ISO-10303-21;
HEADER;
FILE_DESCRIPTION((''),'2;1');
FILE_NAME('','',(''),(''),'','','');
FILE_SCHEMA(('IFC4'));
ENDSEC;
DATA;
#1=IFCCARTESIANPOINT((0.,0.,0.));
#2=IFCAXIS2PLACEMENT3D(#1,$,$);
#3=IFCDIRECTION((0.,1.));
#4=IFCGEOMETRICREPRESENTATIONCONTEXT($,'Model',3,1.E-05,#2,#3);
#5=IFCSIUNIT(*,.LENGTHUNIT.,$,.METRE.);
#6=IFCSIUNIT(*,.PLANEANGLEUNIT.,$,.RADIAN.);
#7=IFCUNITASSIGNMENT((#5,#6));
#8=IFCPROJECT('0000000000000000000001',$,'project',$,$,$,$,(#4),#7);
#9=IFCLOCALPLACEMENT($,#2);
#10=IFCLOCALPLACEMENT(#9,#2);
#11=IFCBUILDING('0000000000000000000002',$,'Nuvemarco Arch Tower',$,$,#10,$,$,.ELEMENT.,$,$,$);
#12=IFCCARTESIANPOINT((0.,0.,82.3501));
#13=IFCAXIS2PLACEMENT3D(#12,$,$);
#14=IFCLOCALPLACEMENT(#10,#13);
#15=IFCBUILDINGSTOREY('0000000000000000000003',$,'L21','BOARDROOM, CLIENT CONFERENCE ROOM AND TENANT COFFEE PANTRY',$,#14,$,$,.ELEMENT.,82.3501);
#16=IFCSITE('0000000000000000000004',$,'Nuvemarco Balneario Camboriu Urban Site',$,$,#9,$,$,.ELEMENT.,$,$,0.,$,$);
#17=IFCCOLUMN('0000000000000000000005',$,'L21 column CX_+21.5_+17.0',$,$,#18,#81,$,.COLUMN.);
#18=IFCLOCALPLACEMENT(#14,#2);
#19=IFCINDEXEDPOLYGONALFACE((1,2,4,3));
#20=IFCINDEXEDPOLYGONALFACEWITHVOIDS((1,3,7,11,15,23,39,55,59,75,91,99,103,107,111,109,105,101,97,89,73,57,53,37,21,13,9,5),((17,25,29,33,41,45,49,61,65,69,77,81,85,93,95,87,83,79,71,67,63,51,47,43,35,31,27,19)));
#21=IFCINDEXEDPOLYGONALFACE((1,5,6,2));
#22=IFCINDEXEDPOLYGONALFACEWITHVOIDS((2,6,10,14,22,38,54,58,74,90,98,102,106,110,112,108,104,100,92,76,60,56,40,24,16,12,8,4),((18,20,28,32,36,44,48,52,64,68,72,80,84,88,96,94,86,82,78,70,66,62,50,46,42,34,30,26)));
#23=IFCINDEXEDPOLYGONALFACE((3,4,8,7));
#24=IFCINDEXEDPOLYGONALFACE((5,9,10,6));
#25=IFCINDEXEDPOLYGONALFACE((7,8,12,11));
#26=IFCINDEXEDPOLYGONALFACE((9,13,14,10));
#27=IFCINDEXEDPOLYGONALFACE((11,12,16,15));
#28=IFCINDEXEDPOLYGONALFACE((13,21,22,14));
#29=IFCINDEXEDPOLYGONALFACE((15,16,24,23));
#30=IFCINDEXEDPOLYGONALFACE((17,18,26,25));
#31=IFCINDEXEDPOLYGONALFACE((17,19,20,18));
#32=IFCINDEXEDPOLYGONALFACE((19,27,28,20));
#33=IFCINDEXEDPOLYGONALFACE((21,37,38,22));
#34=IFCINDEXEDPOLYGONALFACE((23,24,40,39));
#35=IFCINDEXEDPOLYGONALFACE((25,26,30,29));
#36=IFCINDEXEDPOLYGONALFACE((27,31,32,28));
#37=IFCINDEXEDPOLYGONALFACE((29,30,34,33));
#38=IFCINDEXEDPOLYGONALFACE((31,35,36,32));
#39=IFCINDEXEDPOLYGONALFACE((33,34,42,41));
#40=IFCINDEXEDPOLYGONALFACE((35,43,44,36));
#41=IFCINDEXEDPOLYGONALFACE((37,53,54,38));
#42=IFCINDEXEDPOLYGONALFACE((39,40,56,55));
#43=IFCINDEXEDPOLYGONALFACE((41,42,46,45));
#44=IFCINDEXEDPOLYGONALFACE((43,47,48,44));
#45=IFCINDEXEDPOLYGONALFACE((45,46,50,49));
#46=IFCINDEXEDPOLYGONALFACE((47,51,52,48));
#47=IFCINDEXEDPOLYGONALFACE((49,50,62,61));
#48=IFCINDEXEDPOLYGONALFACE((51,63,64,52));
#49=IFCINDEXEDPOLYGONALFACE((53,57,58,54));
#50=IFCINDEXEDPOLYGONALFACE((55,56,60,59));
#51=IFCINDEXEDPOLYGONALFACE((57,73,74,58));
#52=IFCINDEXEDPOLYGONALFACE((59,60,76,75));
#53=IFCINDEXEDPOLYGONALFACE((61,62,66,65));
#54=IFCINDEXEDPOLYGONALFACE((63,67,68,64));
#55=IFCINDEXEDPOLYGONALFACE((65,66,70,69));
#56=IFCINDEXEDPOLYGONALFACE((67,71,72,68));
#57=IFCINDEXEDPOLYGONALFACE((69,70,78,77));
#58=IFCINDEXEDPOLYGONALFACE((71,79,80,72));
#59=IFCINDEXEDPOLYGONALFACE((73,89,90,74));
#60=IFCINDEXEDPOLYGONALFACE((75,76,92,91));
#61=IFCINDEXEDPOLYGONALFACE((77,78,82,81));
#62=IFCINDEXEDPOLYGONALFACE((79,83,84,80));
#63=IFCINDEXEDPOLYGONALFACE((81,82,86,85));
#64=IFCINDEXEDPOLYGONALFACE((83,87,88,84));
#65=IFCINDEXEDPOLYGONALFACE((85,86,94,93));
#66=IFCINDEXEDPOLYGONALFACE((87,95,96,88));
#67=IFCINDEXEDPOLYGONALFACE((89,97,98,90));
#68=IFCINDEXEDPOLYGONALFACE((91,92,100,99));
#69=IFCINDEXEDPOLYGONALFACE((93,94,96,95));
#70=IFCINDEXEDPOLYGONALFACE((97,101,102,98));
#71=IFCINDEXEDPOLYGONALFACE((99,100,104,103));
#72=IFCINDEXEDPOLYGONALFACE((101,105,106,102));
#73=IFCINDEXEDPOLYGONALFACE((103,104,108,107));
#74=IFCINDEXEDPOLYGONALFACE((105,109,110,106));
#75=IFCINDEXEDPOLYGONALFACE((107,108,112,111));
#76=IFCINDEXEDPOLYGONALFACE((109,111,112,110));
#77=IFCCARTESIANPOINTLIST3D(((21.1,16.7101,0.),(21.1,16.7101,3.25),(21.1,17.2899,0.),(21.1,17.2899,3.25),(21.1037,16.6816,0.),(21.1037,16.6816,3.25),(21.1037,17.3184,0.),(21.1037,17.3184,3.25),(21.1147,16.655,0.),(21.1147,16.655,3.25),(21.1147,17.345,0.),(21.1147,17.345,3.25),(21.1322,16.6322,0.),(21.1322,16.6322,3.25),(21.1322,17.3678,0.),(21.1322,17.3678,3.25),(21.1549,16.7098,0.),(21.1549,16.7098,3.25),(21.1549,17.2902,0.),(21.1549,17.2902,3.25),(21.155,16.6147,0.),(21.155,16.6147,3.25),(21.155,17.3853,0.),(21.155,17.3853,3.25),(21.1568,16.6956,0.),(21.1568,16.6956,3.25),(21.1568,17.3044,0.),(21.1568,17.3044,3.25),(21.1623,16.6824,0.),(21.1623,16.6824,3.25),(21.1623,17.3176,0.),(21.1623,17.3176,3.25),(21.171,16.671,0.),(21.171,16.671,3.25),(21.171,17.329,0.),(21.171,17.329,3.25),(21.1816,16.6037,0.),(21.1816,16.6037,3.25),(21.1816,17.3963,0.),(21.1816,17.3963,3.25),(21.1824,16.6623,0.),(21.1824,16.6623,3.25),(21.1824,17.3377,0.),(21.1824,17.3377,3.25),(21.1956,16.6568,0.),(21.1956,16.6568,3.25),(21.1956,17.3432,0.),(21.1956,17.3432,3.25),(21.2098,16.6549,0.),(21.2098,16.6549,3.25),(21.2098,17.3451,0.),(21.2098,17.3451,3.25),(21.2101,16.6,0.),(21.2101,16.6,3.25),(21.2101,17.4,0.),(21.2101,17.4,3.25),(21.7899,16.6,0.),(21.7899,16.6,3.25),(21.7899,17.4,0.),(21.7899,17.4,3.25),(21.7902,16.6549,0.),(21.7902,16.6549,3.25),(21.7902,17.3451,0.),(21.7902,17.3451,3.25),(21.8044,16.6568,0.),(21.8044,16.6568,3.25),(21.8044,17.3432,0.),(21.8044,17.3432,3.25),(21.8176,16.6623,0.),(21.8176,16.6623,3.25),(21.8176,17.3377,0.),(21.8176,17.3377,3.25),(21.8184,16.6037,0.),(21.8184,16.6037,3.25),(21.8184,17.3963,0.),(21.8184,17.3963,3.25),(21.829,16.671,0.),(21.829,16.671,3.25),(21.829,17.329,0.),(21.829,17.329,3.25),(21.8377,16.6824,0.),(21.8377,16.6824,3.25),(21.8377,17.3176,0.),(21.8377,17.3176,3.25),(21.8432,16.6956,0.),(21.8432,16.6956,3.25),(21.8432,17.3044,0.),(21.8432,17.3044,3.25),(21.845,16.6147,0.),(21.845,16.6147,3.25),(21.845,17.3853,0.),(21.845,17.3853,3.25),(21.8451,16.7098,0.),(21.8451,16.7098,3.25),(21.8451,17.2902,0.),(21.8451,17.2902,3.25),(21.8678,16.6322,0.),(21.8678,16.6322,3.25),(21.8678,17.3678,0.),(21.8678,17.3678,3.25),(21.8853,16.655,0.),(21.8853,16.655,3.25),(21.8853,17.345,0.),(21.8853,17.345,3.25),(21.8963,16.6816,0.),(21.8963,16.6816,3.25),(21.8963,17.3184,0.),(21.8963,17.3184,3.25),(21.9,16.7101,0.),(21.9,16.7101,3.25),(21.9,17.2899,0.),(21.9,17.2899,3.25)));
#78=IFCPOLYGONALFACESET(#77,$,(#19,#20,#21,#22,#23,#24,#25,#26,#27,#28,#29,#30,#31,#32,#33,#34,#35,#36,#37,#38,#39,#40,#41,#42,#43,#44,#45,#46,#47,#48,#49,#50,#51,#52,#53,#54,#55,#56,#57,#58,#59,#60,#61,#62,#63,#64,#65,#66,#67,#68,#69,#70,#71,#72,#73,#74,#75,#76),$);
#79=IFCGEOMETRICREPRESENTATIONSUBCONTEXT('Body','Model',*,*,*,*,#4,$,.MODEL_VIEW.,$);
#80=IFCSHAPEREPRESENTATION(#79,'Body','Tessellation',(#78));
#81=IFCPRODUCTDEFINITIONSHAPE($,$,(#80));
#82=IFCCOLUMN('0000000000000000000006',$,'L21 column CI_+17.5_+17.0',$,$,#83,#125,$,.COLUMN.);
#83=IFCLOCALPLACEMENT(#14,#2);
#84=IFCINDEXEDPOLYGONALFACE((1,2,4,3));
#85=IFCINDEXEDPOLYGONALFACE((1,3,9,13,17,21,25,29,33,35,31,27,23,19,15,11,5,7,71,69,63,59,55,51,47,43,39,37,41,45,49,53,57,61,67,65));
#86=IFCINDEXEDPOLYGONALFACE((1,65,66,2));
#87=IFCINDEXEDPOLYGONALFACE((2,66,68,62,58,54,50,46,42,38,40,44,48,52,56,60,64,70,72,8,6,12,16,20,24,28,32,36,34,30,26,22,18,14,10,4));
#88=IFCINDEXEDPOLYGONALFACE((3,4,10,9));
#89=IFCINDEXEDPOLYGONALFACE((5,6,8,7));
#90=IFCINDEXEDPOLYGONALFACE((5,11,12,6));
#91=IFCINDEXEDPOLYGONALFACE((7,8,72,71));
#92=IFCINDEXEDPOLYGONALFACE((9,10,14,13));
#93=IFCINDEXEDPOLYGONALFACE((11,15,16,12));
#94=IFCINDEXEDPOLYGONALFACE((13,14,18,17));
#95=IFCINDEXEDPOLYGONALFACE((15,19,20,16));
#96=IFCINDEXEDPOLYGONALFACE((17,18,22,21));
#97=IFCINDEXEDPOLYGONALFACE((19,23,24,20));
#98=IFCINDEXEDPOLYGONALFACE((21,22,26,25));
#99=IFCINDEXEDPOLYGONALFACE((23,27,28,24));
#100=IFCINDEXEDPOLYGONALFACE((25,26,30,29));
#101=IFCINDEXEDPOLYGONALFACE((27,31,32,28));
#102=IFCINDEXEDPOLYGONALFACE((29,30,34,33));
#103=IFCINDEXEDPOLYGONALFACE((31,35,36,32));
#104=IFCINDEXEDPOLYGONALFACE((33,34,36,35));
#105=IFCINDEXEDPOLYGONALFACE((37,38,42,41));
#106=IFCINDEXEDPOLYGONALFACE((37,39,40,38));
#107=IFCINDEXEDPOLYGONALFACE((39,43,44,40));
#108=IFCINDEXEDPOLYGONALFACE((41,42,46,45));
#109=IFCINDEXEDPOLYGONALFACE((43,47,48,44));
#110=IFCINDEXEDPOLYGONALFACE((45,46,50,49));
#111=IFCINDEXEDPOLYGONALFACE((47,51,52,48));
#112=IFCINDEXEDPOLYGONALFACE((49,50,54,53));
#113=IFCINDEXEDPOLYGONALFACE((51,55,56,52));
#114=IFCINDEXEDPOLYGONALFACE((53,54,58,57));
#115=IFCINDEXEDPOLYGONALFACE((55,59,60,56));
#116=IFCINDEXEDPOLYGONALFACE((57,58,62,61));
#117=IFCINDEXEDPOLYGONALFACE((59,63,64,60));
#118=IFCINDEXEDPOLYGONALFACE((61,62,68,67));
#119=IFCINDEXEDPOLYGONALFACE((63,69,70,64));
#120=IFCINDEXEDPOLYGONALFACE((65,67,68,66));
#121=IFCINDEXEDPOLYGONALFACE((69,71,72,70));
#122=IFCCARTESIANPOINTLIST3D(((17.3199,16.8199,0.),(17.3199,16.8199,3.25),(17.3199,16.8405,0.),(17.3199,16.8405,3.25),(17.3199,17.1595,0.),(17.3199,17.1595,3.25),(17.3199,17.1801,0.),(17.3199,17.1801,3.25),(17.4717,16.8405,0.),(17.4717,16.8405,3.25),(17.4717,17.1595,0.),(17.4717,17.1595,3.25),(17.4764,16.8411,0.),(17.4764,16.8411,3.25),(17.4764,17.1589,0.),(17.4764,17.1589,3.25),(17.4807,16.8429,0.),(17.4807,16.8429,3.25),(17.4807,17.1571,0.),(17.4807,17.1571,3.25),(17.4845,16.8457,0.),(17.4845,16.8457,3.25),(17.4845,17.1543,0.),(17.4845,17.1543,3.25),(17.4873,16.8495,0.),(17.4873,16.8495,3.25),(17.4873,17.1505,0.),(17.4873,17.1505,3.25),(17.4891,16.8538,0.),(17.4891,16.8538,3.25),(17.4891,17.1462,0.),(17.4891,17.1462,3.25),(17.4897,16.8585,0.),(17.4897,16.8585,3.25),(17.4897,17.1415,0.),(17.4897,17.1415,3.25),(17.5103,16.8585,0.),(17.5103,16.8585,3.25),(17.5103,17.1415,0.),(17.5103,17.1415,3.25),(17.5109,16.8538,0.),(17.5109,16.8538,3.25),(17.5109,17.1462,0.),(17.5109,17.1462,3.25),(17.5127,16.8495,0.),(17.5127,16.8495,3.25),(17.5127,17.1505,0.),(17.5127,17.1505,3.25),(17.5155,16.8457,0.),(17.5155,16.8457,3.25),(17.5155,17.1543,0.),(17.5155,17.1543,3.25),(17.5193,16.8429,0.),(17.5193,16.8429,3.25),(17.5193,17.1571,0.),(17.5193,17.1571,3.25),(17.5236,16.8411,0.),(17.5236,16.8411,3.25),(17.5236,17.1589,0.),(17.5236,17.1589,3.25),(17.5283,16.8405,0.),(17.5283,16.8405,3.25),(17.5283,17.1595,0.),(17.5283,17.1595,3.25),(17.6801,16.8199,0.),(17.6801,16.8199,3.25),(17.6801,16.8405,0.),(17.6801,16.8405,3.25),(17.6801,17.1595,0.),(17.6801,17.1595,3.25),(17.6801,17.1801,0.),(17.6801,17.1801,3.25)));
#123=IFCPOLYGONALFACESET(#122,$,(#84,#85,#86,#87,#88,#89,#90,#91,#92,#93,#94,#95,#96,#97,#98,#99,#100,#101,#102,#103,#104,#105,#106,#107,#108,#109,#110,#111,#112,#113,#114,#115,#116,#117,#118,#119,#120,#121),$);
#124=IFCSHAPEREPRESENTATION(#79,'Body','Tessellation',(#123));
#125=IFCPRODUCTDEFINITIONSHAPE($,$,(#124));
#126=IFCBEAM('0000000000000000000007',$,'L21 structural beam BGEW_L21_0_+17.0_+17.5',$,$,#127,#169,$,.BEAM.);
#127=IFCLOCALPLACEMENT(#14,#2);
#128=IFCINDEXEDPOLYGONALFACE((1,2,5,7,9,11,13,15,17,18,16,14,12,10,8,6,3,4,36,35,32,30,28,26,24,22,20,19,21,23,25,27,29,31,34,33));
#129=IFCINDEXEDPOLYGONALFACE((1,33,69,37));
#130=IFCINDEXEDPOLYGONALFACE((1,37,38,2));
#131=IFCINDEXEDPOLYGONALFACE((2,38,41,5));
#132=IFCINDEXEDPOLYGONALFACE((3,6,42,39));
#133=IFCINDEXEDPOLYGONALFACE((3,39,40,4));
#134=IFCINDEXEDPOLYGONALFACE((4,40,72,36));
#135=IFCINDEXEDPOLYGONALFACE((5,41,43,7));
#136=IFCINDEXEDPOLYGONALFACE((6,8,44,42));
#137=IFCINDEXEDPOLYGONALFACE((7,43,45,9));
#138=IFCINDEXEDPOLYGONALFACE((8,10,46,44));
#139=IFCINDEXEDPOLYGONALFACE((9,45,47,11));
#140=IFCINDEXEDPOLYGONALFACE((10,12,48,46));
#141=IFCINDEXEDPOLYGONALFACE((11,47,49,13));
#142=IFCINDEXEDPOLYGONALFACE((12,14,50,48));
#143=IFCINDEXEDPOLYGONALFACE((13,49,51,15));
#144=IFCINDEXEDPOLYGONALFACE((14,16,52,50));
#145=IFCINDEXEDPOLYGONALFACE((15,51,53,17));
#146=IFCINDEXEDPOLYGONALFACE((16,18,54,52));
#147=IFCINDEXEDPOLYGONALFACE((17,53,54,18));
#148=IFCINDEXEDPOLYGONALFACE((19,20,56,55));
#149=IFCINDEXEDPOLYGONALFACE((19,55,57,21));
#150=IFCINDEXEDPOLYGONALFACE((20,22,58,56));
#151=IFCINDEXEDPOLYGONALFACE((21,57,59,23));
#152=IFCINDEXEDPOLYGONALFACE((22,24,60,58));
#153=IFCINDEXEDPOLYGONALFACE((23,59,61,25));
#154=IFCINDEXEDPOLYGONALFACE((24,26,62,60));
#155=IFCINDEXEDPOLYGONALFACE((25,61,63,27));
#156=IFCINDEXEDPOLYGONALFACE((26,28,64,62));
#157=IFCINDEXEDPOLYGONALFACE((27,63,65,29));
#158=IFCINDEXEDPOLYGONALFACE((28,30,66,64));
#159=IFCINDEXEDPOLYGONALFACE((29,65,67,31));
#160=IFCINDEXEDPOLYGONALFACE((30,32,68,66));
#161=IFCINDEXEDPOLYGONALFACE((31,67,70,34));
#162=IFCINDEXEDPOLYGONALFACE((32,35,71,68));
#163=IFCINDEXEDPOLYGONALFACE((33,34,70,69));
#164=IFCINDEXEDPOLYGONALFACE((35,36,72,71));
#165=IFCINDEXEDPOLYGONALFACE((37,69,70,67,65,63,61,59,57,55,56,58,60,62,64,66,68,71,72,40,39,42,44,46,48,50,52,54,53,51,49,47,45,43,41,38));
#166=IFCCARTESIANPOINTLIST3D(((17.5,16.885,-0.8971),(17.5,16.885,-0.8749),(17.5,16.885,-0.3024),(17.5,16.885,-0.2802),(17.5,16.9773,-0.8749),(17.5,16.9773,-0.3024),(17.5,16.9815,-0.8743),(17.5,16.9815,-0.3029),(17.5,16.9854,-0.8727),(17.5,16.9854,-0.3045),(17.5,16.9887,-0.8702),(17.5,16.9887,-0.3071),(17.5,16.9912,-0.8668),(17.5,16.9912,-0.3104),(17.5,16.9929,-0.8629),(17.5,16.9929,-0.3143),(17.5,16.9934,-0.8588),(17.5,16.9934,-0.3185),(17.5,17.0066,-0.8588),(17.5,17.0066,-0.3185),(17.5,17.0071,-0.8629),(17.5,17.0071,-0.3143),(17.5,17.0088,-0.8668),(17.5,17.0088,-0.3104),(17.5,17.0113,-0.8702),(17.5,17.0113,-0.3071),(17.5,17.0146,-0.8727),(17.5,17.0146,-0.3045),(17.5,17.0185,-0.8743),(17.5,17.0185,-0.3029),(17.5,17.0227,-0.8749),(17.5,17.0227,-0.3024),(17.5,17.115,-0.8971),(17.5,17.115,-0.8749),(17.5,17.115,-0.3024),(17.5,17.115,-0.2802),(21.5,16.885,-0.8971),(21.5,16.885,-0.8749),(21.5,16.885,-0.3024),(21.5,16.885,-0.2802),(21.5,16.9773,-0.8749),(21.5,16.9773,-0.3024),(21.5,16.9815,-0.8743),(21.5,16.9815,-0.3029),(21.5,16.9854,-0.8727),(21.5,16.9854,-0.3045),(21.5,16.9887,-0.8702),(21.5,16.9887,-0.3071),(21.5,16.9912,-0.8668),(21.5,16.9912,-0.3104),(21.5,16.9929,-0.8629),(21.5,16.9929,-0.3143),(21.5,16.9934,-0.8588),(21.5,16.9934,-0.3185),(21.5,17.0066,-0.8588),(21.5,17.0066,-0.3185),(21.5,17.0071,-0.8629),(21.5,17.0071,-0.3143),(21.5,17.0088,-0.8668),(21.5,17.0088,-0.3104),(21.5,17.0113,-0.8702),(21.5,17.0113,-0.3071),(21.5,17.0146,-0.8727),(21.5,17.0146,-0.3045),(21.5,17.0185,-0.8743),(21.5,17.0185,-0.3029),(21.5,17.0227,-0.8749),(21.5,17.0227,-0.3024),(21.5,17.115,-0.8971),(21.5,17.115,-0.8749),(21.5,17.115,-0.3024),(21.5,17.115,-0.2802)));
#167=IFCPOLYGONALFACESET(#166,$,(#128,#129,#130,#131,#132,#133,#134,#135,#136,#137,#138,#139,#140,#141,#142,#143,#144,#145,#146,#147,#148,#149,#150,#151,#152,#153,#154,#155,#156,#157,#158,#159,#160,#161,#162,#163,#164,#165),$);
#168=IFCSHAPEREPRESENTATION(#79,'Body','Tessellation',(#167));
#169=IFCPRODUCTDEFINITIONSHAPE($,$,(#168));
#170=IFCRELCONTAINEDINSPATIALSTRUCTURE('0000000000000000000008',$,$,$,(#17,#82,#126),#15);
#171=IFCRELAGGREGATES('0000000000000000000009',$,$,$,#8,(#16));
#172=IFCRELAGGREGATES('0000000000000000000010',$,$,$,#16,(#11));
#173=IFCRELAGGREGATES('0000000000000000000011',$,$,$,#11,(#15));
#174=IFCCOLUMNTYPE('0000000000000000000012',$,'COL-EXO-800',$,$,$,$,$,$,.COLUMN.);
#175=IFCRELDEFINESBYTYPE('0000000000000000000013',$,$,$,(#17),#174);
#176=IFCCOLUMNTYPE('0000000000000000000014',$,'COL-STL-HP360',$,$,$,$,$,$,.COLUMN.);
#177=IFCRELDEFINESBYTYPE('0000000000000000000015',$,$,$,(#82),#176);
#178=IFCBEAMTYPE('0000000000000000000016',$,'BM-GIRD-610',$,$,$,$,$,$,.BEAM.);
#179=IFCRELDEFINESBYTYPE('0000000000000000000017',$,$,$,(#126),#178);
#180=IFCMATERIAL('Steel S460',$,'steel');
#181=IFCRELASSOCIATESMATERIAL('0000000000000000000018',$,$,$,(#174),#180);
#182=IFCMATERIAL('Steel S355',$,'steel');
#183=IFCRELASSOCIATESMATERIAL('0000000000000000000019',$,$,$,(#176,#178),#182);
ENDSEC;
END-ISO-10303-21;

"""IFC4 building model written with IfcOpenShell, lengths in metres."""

from ifc_helpers import new_model, si_unit, direction, frame, origin, origin_2d, place, context, subcontext, project, spatial, hollow_rectangle, i_section, extrude, material, material_profile, profile_set, type_object, element, save


model = new_model("IFC4")

# Units and contexts
model_context = context("Model", 3, precision=1e-05, world=origin(), true_north=direction((0.0, 1.0)))
body_context = subcontext(model_context, "Body", "Model", "MODEL_VIEW")
ifc_project = project(units=[si_unit("LENGTHUNIT", "METRE"), si_unit("PLANEANGLEUNIT", "RADIAN")], contexts=[model_context])

# Site, building, storey
site_placement = place(None, origin())
site = spatial("IfcSite", under=ifc_project, at=site_placement, Name="Nuvemarco Balneario Camboriu Urban Site", CompositionType="ELEMENT", RefElevation=0.0)
building_placement = place(site_placement, origin())
building = spatial("IfcBuilding", under=site, at=building_placement, Name="Nuvemarco Arch Tower", CompositionType="ELEMENT")
storey_placement = place(building_placement, frame((0.0, 0.0, 82.3501)))
storey = spatial("IfcBuildingStorey", under=building, at=storey_placement, Name="L21", Description="BOARDROOM, CLIENT CONFERENCE ROOM AND TENANT COFFEE PANTRY", CompositionType="ELEMENT", Elevation=82.3501)

# Columns
ifc_material_1 = material(Name="Steel S460", Category="steel")
ifc_material_profile_1 = material_profile(ifc_material_1, hollow_rectangle(XDim=0.8, YDim=0.8, WallThickness=0.0549, InnerFilletRadius=0.0549, OuterFilletRadius=0.1101, at=origin_2d()), Name="SHS800x800x55")
ifc_profile_set_1 = profile_set([ifc_material_profile_1], Name="Steel S460")
column_type_1 = type_object("IfcColumnType", Name="COL-EXO-800", PredefinedType="COLUMN", material=ifc_profile_set_1)
column_1_placement = place(storey_placement, frame((21.5, 17.0, 0.0), z_axis=(0.0, 0.0, 1.0), x_axis=(1.0, 0.0, 0.0)))
element("IfcColumn", 1, at=column_1_placement, inside=storey, type_object=column_type_1, Name="L21 column CX_+21.5_+17.0", PredefinedType="COLUMN", context=body_context, shape_type="SweptSolid", body=[
    extrude(hollow_rectangle(XDim=0.8, YDim=0.8, WallThickness=0.0549, InnerFilletRadius=0.0549, OuterFilletRadius=0.1101, at=origin_2d()), origin(), (0.0, 0.0, 1.0), 3.25),
])
ifc_material_2 = material(Name="Steel S355", Category="steel")
ifc_material_profile_2 = material_profile(ifc_material_2, i_section(OverallWidth=0.3601, OverallDepth=0.3601, WebThickness=0.0205, FlangeThickness=0.0205, FilletRadius=0.0181, at=origin_2d()), Name="HP360x174")
ifc_profile_set_2 = profile_set([ifc_material_profile_2], Name="Steel S355")
column_type_2 = type_object("IfcColumnType", Name="COL-STL-HP360", PredefinedType="COLUMN", material=ifc_profile_set_2)
column_2_placement = place(storey_placement, frame((17.5, 17.0, 0.0), z_axis=(0.0, 0.0, 1.0), x_axis=(1.0, 0.0, 0.0)))
element("IfcColumn", 2, at=column_2_placement, inside=storey, type_object=column_type_2, Name="L21 column CI_+17.5_+17.0", PredefinedType="COLUMN", context=body_context, shape_type="SweptSolid", body=[
    extrude(i_section(OverallWidth=0.3601, OverallDepth=0.3601, WebThickness=0.0205, FlangeThickness=0.0205, FilletRadius=0.0181, at=origin_2d()), origin(), (0.0, 0.0, 1.0), 3.25),
])

# Beam
ifc_material_profile_3 = material_profile(ifc_material_2, i_section(OverallWidth=0.23, OverallDepth=0.6169, WebThickness=0.0132, FlangeThickness=0.0222, FilletRadius=0.0161, at=origin_2d()), Name="W610x140")
ifc_profile_set_3 = profile_set([ifc_material_profile_3], Name="Steel S355")
beam_type_1 = type_object("IfcBeamType", Name="BM-GIRD-610", PredefinedType="BEAM", material=ifc_profile_set_3)
beam_1_placement = place(storey_placement, frame((17.5, 17.0, -0.5886), z_axis=(1.0, 0.0, 0.0), x_axis=(0.0, 1.0, 0.0)))
element("IfcBeam", 3, at=beam_1_placement, inside=storey, type_object=beam_type_1, Name="L21 structural beam BGEW_L21_0_+17.0_+17.5", PredefinedType="BEAM", context=body_context, shape_type="SweptSolid", body=[
    extrude(i_section(OverallWidth=0.23, OverallDepth=0.6169, WebThickness=0.0132, FlangeThickness=0.0222, FilletRadius=0.0161, at=origin_2d()), origin(), (0.0, 0.0, 1.0), 4.0),
])

save(model, "model.ifc")
